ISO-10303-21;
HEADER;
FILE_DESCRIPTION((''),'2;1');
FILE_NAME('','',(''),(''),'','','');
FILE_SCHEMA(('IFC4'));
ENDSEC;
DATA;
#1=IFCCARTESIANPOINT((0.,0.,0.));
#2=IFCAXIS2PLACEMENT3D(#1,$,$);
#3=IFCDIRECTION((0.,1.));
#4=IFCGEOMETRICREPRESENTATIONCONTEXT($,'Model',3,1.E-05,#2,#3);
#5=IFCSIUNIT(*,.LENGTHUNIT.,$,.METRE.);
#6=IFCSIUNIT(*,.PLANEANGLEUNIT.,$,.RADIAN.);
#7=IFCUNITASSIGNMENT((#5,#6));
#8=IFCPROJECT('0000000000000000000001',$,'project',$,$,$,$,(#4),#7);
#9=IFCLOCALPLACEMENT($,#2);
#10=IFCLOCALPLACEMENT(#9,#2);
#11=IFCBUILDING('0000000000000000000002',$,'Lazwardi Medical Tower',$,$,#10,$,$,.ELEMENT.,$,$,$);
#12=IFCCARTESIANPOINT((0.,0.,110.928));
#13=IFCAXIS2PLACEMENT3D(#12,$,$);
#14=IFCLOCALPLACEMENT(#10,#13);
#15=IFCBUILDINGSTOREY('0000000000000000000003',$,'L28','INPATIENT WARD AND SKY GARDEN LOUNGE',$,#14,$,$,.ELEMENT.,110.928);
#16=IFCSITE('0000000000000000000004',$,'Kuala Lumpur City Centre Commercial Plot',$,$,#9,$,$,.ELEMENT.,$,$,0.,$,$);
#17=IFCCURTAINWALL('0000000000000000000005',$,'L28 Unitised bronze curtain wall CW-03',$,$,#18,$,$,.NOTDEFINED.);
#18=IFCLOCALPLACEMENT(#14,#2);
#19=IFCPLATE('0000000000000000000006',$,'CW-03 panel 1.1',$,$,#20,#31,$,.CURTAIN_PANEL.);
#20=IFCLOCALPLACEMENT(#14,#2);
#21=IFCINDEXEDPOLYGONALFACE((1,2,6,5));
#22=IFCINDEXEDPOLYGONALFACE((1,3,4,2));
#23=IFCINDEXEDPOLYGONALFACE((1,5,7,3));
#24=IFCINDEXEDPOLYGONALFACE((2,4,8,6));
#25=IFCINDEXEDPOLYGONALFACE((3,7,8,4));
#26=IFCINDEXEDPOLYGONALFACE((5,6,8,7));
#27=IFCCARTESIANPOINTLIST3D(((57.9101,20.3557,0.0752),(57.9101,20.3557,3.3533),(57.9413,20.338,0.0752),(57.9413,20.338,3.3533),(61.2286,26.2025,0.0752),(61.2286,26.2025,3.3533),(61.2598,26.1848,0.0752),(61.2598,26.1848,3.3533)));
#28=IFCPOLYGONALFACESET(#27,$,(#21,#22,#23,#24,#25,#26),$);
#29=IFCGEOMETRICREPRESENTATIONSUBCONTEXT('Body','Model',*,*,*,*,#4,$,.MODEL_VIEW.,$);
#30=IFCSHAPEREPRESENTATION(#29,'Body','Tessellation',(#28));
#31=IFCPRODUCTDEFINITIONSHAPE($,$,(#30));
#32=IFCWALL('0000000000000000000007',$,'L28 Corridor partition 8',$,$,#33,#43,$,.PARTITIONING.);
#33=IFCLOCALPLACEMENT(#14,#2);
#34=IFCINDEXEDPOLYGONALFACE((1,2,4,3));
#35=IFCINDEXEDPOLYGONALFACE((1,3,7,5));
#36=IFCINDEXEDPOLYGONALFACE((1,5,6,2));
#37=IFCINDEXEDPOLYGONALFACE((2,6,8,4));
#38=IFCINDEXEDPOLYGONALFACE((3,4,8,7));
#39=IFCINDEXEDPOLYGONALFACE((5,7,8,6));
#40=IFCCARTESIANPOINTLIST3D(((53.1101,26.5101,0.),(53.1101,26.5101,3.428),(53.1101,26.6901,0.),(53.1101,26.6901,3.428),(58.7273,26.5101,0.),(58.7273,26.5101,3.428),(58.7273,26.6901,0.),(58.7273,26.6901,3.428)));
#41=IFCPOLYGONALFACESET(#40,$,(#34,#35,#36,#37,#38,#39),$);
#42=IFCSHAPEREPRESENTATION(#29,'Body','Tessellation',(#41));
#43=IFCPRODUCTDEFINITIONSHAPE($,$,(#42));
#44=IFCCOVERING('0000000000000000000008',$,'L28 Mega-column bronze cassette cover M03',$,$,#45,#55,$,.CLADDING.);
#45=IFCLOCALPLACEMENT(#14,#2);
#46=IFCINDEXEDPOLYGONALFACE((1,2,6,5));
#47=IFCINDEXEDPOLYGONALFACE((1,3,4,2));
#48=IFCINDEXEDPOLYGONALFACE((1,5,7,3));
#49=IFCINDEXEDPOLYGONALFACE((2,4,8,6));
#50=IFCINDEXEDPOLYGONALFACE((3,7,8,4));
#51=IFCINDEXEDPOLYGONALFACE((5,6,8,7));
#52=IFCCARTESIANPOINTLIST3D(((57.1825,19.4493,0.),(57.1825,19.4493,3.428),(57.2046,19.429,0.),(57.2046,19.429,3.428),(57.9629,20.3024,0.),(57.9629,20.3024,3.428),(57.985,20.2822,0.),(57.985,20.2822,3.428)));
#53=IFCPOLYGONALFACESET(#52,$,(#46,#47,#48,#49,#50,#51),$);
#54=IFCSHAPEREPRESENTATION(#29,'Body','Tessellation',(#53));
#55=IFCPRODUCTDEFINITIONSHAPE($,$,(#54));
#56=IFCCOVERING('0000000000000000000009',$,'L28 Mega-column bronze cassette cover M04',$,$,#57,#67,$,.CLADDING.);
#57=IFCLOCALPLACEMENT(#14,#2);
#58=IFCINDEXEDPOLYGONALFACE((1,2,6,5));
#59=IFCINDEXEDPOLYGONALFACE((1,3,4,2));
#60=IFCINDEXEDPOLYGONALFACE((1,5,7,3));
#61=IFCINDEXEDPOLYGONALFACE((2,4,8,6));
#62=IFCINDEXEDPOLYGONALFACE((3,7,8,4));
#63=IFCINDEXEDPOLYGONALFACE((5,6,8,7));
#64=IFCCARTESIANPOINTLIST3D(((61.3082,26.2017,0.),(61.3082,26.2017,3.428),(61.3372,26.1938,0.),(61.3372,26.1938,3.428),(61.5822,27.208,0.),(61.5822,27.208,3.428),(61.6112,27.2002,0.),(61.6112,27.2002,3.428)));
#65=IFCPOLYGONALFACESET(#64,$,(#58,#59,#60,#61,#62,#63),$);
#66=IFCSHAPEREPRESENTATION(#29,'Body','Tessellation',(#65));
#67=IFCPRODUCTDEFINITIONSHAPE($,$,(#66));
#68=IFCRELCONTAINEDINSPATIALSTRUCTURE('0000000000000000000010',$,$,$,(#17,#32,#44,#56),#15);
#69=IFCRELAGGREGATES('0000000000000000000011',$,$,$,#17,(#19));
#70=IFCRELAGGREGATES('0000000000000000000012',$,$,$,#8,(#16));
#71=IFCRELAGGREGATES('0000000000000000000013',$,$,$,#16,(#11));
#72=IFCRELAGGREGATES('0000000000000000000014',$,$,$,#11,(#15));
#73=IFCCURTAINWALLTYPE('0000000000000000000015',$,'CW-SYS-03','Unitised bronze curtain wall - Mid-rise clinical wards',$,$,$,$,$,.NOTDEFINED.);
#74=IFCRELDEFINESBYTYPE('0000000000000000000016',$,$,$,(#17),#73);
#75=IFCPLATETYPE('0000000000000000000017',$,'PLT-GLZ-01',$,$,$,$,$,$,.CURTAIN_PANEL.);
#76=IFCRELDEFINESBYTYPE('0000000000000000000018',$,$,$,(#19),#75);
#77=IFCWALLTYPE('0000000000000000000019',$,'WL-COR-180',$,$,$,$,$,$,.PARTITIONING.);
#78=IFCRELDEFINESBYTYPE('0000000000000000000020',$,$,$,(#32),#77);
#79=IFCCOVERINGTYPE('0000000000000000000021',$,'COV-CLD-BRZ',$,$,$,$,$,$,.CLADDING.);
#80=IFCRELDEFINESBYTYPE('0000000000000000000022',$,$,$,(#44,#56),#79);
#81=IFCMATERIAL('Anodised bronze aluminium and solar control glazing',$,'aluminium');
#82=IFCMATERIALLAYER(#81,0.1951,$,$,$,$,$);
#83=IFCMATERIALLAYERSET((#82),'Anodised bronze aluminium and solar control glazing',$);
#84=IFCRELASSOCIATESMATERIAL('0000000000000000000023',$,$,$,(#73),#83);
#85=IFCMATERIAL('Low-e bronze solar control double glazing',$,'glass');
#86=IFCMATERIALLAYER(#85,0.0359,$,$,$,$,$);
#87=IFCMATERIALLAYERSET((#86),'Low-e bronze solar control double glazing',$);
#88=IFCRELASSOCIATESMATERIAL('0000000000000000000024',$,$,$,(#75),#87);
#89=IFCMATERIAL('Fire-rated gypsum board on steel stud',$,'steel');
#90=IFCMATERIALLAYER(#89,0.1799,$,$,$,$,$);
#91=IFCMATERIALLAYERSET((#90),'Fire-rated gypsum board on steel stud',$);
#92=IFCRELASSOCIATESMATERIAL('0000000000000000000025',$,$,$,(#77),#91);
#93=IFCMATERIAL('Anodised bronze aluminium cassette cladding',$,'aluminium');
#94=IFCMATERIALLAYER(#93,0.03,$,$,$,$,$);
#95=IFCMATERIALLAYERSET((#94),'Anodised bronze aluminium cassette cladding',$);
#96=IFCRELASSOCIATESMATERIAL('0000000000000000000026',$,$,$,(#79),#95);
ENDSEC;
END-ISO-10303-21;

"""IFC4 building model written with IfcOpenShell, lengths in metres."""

from ifc_helpers import new_model, si_unit, direction, frame, frame_2d, origin, origin_2d, place, context, subcontext, project, spatial, rectangle, extrude, material, layer, layer_set, type_object, element, aggregate, save


model = new_model("IFC4")

# Units and contexts
model_context = context("Model", 3, precision=1e-05, world=origin(), true_north=direction((0.0, 1.0)))
body_context = subcontext(model_context, "Body", "Model", "MODEL_VIEW")
ifc_project = project(units=[si_unit("LENGTHUNIT", "METRE"), si_unit("PLANEANGLEUNIT", "RADIAN")], contexts=[model_context])

# Site, building, storey
site_placement = place(None, origin())
site = spatial("IfcSite", under=ifc_project, at=site_placement, Name="Kuala Lumpur City Centre Commercial Plot", CompositionType="ELEMENT", RefElevation=0.0)
building_placement = place(site_placement, origin())
building = spatial("IfcBuilding", under=site, at=building_placement, Name="Lazwardi Medical Tower", CompositionType="ELEMENT")
storey_placement = place(building_placement, frame((0.0, 0.0, 110.928)))
storey = spatial("IfcBuildingStorey", under=building, at=storey_placement, Name="L28", Description="INPATIENT WARD AND SKY GARDEN LOUNGE", CompositionType="ELEMENT", Elevation=110.928)

# Shared definitions
ifc_material_1 = material(Name="Anodised bronze aluminium and solar control glazing", Category="aluminium")
ifc_layer_1 = layer(ifc_material_1, 0.1951)
ifc_layer_set_1 = layer_set([ifc_layer_1], Name="Anodised bronze aluminium and solar control glazing")
curtain_wall_type = type_object("IfcCurtainWallType", Name="CW-SYS-03", Description="Unitised bronze curtain wall - Mid-rise clinical wards", PredefinedType="NOTDEFINED", material=ifc_layer_set_1)

# Curtain wall
curtain_wall_1_placement = place(storey_placement, origin())
curtain_wall_1 = element("IfcCurtainWall", 1, at=curtain_wall_1_placement, inside=storey, type_object=curtain_wall_type, Name="L28 Unitised bronze curtain wall CW-03", PredefinedType="NOTDEFINED")

# Plate
ifc_material_2 = material(Name="Low-e bronze solar control double glazing", Category="glass")
ifc_layer_2 = layer(ifc_material_2, 0.0359)
ifc_layer_set_2 = layer_set([ifc_layer_2], Name="Low-e bronze solar control double glazing")
plate_type = type_object("IfcPlateType", Name="PLT-GLZ-01", PredefinedType="CURTAIN_PANEL", material=ifc_layer_set_2)
plate_1_placement = place(storey_placement, frame((59.585, 23.2703, 0.0752), z_axis=(0.0, 0.0, 1.0), x_axis=(0.493603, 0.869687, 0.0)))
plate_1 = element("IfcPlate", 2, at=plate_1_placement, type_object=plate_type, Name="CW-03 panel 1.1", PredefinedType="CURTAIN_PANEL", context=body_context, shape_type="SweptSolid", body=[
    extrude(rectangle(XDim=6.7229, YDim=0.0359, at=origin_2d()), origin(), (0.0, 0.0, 1.0), 3.2781),
])
aggregate(curtain_wall_1, [plate_1])

# Wall
ifc_material_3 = material(Name="Fire-rated gypsum board on steel stud", Category="steel")
ifc_layer_3 = layer(ifc_material_3, 0.1799)
ifc_layer_set_3 = layer_set([ifc_layer_3], Name="Fire-rated gypsum board on steel stud")
wall_type = type_object("IfcWallType", Name="WL-COR-180", PredefinedType="PARTITIONING", material=ifc_layer_set_3)
wall_placement = place(storey_placement, frame((58.7273, 26.6001, 0.0), z_axis=(0.0, 0.0, 1.0), x_axis=(-1.0, 0.0, 0.0)))
element("IfcWall", 3, at=wall_placement, inside=storey, type_object=wall_type, Name="L28 Corridor partition 8", PredefinedType="PARTITIONING", context=body_context, shape_type="SweptSolid", body=[
    extrude(rectangle(XDim=5.6172, YDim=0.1799, at=frame_2d((2.8086, 0.0))), origin(), (0.0, 0.0, 1.0), 3.428),
])

# Coverings
ifc_material_4 = material(Name="Anodised bronze aluminium cassette cladding", Category="aluminium")
ifc_layer_4 = layer(ifc_material_4, 0.03)
ifc_layer_set_4 = layer_set([ifc_layer_4], Name="Anodised bronze aluminium cassette cladding")
covering_type = type_object("IfcCoveringType", Name="COV-CLD-BRZ", PredefinedType="CLADDING", material=ifc_layer_set_4)
covering_1_placement = place(storey_placement, frame((57.5837, 19.8657, 0.0), z_axis=(0.0, 0.0, 1.0), x_axis=(0.674926, 0.737885, 0.0)))
element("IfcCovering", 4, at=covering_1_placement, inside=storey, type_object=covering_type, Name="L28 Mega-column bronze cassette cover M03", PredefinedType="CLADDING", context=body_context, shape_type="SweptSolid", body=[
    extrude(rectangle(XDim=1.1562, YDim=0.03, at=origin_2d()), origin(), (0.0, 0.0, 1.0), 3.428),
])
covering_2_placement = place(storey_placement, frame((61.4597, 26.7009, 0.0), z_axis=(0.0, 0.0, 1.0), x_axis=(0.262696, 0.964879, 0.0)))
element("IfcCovering", 5, at=covering_2_placement, inside=storey, type_object=covering_type, Name="L28 Mega-column bronze cassette cover M04", PredefinedType="CLADDING", context=body_context, shape_type="SweptSolid", body=[
    extrude(rectangle(XDim=1.043, YDim=0.03, at=origin_2d()), origin(), (0.0, 0.0, 1.0), 3.428),
])

save(model, "model.ifc")
